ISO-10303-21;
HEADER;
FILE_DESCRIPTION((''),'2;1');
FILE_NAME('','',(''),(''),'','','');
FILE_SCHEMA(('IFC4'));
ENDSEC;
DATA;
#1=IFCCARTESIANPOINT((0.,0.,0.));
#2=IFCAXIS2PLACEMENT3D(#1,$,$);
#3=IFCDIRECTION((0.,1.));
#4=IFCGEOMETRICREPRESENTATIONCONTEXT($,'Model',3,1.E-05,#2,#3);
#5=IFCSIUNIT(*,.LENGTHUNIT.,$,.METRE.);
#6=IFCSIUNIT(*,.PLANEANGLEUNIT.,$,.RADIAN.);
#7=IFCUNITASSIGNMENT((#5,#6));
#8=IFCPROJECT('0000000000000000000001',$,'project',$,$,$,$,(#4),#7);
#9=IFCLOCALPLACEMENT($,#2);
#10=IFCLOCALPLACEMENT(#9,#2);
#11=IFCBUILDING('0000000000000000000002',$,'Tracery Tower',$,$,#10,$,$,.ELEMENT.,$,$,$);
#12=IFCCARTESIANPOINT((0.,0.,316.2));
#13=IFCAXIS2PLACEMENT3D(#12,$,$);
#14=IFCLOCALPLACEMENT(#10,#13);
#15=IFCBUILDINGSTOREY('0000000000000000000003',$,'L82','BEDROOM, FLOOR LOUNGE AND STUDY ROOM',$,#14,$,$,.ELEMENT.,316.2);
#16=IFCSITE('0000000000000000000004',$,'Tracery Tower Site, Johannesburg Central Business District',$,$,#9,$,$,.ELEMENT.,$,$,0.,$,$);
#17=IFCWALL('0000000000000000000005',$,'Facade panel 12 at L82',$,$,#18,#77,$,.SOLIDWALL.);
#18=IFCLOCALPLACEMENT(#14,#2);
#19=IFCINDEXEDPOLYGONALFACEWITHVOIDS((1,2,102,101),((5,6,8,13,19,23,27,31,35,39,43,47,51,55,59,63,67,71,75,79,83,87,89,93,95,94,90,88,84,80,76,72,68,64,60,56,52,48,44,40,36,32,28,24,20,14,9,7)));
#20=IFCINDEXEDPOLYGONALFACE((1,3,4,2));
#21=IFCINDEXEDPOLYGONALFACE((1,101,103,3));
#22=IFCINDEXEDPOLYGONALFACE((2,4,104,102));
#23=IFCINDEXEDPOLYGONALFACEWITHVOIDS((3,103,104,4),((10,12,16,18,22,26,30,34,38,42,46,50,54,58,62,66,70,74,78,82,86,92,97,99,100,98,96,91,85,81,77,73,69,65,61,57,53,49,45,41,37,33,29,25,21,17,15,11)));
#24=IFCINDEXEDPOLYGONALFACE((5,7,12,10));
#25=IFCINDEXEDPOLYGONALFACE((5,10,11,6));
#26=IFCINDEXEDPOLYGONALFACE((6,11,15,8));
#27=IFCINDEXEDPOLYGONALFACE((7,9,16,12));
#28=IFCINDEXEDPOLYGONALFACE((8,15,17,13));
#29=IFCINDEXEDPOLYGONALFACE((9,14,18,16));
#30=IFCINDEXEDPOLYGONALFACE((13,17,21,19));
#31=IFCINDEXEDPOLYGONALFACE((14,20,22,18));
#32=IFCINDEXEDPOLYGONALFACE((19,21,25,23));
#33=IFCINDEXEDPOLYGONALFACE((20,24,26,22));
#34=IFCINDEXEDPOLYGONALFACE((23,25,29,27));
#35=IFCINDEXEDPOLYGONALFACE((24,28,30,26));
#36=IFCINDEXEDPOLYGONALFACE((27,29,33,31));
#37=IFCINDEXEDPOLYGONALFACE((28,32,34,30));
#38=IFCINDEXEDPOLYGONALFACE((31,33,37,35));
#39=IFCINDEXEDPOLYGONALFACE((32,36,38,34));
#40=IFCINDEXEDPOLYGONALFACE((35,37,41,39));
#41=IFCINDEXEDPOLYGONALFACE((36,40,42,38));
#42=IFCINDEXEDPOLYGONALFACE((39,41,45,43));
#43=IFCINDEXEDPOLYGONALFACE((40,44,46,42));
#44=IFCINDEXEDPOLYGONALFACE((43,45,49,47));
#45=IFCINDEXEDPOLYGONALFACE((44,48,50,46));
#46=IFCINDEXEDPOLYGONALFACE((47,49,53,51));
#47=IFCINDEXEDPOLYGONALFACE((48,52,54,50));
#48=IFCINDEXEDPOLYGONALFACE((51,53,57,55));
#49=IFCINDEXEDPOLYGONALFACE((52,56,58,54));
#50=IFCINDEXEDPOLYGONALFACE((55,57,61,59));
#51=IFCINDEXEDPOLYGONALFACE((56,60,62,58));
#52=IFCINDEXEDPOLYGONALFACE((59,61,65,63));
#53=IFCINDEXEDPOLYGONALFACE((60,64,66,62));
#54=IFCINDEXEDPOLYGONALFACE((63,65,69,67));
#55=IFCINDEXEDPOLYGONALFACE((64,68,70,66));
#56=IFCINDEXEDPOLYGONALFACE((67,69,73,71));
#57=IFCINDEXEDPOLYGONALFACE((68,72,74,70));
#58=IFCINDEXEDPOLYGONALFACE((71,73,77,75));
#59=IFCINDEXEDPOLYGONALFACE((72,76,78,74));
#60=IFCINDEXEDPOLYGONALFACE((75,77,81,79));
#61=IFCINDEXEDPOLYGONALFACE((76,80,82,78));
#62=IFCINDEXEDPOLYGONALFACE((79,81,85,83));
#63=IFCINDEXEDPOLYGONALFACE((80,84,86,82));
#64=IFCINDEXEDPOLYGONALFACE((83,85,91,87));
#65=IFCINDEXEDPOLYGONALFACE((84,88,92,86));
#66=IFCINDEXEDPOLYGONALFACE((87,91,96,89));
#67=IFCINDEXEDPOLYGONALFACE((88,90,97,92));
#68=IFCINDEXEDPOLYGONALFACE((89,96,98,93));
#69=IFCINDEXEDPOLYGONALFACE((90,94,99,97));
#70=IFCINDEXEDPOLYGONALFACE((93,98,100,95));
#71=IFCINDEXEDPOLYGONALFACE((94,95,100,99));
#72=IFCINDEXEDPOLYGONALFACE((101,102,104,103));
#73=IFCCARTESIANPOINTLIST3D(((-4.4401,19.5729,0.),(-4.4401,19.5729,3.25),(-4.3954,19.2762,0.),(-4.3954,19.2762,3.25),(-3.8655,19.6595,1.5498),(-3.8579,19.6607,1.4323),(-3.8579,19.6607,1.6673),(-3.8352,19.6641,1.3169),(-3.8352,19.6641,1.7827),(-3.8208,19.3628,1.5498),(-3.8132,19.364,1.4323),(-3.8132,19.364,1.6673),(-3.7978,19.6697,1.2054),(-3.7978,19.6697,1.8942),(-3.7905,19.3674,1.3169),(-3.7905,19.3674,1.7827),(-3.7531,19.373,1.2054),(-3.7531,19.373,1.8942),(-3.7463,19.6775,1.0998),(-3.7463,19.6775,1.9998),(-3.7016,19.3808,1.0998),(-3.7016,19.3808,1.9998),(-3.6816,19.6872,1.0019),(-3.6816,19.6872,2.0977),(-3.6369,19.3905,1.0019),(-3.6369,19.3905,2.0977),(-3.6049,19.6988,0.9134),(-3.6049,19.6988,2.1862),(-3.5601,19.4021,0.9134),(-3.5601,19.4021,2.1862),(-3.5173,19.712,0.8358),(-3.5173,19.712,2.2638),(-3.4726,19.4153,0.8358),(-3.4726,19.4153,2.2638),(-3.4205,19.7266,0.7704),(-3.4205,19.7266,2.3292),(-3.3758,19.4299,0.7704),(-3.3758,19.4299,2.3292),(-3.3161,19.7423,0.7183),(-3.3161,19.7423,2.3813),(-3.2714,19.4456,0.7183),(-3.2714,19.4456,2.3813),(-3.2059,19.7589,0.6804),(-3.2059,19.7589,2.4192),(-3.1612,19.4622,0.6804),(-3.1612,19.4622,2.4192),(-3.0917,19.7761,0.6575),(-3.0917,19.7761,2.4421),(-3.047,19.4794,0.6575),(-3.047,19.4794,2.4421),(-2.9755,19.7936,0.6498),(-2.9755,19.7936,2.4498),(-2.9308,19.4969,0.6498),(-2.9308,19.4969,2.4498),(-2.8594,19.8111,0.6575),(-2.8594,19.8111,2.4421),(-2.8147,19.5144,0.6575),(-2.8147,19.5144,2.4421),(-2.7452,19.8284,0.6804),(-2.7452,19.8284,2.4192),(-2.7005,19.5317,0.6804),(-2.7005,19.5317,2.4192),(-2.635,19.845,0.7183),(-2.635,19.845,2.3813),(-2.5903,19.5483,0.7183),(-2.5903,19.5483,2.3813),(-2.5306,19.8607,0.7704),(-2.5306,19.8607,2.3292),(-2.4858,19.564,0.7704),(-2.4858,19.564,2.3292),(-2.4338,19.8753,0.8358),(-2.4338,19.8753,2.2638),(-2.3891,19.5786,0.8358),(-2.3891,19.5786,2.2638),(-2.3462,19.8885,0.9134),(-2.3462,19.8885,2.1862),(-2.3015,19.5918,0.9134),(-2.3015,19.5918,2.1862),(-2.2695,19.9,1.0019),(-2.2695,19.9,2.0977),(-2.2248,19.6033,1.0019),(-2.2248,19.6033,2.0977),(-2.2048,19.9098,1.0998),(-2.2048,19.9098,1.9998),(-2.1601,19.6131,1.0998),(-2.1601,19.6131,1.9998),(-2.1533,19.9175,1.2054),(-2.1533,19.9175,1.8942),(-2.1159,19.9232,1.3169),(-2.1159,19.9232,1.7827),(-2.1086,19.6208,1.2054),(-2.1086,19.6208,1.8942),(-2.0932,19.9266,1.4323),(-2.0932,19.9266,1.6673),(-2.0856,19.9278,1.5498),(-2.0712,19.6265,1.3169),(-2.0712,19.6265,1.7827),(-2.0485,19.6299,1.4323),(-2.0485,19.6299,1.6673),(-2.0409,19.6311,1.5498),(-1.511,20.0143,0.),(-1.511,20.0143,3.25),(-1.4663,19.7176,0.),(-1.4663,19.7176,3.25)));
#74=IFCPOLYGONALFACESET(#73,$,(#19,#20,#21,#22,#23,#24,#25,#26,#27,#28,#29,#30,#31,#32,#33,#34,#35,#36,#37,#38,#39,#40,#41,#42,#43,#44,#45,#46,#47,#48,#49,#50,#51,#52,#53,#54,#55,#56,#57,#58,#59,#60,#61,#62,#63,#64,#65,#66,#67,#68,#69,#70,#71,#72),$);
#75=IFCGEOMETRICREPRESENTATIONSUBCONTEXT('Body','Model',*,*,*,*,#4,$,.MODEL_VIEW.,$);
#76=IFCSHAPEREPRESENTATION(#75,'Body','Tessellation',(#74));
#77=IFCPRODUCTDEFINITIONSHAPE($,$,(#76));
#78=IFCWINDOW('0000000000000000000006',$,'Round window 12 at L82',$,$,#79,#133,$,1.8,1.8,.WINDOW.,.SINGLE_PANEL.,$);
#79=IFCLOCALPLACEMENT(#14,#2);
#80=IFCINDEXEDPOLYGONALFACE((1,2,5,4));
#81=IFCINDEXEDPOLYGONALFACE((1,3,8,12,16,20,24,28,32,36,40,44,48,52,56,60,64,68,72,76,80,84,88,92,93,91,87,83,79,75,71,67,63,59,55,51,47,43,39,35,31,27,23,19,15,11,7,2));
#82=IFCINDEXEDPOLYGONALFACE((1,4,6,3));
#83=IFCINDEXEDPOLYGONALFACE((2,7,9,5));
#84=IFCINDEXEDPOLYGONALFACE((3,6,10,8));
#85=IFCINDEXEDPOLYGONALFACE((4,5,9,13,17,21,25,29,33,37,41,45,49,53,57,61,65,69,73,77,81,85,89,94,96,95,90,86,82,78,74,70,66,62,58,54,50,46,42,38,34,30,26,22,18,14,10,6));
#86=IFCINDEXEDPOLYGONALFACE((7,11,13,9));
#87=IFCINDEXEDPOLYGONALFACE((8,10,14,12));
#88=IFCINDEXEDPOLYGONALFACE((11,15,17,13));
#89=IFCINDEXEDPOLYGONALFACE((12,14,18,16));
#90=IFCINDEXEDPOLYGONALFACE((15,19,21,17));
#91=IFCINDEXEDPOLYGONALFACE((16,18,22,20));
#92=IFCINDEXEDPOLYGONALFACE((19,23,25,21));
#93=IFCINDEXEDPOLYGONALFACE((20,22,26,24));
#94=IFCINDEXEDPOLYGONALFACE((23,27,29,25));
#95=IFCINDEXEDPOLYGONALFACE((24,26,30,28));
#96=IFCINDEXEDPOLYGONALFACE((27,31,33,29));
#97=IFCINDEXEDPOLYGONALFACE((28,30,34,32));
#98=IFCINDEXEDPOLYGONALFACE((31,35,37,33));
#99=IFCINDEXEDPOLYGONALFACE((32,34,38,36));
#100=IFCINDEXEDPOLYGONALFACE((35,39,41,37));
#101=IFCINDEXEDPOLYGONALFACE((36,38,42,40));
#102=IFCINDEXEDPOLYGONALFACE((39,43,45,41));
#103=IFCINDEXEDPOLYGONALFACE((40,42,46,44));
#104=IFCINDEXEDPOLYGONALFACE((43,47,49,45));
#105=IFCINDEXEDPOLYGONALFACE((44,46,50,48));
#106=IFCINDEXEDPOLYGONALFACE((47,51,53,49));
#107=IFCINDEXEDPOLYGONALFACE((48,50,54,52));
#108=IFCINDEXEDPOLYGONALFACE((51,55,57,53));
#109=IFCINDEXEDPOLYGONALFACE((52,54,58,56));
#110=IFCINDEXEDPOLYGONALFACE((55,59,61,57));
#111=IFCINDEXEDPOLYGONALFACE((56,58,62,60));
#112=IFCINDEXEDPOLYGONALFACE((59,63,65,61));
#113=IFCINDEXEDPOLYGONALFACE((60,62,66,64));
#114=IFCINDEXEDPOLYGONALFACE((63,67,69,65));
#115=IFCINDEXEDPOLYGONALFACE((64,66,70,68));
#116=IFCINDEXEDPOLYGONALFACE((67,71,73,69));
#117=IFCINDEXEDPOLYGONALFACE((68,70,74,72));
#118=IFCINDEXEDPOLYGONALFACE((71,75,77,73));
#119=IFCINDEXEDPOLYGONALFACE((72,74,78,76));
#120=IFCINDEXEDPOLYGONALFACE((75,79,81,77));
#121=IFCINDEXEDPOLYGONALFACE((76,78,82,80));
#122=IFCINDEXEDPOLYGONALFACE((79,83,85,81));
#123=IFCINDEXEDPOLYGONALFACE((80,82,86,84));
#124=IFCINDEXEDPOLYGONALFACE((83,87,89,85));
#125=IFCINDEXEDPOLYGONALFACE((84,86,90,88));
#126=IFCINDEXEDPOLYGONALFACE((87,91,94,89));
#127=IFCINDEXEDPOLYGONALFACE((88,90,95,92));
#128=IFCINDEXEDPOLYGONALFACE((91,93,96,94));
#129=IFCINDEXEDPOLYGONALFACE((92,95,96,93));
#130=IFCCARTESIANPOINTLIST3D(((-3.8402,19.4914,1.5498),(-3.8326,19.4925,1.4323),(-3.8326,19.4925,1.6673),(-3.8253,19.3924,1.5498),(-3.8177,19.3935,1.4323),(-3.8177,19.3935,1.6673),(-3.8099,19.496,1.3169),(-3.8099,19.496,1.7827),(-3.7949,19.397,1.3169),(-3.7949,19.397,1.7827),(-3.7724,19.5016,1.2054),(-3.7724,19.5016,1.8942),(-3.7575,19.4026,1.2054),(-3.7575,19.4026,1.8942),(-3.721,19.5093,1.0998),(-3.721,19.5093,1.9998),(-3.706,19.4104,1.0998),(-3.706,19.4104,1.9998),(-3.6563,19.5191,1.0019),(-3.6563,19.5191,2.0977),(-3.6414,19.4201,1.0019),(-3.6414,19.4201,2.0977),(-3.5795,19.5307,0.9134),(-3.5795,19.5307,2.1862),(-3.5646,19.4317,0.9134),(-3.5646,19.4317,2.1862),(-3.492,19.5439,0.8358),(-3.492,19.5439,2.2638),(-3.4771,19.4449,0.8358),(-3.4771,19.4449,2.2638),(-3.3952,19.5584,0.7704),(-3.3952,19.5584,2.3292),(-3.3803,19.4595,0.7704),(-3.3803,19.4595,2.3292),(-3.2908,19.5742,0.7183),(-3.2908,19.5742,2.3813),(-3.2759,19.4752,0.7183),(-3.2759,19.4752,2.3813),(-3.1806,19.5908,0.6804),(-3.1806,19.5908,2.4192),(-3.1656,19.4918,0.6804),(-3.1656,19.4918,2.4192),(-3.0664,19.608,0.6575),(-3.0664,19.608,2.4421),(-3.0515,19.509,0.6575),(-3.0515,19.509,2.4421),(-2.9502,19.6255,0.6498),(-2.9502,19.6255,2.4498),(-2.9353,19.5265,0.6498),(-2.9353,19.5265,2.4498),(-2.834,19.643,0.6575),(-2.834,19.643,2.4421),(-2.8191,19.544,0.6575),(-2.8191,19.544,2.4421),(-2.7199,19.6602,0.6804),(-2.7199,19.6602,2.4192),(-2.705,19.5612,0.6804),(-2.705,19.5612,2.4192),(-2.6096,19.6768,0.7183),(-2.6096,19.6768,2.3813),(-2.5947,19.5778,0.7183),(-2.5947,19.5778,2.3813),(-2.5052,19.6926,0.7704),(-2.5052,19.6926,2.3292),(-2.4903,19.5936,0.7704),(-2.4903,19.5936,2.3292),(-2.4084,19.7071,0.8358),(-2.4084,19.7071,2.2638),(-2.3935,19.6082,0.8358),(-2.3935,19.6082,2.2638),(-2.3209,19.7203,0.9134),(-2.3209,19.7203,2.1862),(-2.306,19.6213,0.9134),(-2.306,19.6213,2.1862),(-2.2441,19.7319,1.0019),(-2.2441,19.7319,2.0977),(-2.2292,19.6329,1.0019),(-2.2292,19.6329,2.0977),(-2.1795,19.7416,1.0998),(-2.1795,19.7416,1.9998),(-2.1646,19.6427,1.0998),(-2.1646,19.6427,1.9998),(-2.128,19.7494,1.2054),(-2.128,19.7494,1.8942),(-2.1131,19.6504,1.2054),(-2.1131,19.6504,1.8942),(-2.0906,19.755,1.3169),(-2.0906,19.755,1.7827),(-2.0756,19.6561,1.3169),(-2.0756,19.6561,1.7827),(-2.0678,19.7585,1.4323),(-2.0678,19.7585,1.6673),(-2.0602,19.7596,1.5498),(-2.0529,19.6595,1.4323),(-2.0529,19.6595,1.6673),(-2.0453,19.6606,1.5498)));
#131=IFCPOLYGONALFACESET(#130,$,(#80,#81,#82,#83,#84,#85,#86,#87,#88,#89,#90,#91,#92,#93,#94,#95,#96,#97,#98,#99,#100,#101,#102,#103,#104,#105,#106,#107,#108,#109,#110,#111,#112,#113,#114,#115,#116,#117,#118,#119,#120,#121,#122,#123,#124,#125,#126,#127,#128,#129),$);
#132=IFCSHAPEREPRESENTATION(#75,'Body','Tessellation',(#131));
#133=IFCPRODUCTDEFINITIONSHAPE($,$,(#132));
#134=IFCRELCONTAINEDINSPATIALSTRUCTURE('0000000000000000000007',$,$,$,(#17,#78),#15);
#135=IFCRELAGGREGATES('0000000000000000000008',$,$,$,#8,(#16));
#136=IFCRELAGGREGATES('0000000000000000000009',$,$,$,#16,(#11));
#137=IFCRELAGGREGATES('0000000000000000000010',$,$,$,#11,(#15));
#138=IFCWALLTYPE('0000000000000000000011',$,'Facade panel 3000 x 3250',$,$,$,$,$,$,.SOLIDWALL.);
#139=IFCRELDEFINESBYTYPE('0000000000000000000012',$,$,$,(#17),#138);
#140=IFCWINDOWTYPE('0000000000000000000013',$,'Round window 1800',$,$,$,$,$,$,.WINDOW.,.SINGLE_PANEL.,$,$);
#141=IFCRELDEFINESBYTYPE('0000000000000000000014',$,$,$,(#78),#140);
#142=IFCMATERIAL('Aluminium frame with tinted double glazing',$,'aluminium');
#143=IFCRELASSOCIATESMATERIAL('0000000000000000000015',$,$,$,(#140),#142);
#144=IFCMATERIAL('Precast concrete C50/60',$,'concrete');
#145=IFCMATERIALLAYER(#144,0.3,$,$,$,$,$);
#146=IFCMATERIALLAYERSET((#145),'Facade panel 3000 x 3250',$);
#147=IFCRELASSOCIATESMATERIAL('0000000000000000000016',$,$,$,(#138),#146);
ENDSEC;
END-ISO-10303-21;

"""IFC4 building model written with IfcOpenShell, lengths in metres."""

from ifc_helpers import new_model, si_unit, direction, frame, frame_2d, origin, origin_2d, place, context, subcontext, project, spatial, rectangle, circle, extrude, material, layer, layer_set, type_object, element, fill, save


model = new_model("IFC4")

# Units and contexts
model_context = context("Model", 3, precision=1e-05, world=origin(), true_north=direction((0.0, 1.0)))
body_context = subcontext(model_context, "Body", "Model", "MODEL_VIEW")
ifc_project = project(units=[si_unit("LENGTHUNIT", "METRE"), si_unit("PLANEANGLEUNIT", "RADIAN")], contexts=[model_context])

# Site, building, storey
site_placement = place(None, origin())
site = spatial("IfcSite", under=ifc_project, at=site_placement, Name="Tracery Tower Site, Johannesburg Central Business District", CompositionType="ELEMENT", RefElevation=0.0)
building_placement = place(site_placement, origin())
building = spatial("IfcBuilding", under=site, at=building_placement, Name="Tracery Tower", CompositionType="ELEMENT")
storey_placement = place(building_placement, frame((0.0, 0.0, 316.2)))
storey = spatial("IfcBuildingStorey", under=building, at=storey_placement, Name="L82", Description="BEDROOM, FLOOR LOUNGE AND STUDY ROOM", CompositionType="ELEMENT", Elevation=316.2)

# Wall, opening, window
ifc_material_1 = material(Name="Aluminium frame with tinted double glazing", Category="aluminium")
window_type = type_object("IfcWindowType", Name="Round window 1800", PartitioningType="SINGLE_PANEL", PredefinedType="WINDOW", material=ifc_material_1)
ifc_material_2 = material(Name="Precast concrete C50/60", Category="concrete")
ifc_layer_1 = layer(ifc_material_2, 0.3)
ifc_layer_set_1 = layer_set([ifc_layer_1], Name="Facade panel 3000 x 3250")
wall_type_1 = type_object("IfcWallType", Name="Facade panel 3000 x 3250", PredefinedType="SOLIDWALL", material=ifc_layer_set_1)
wall_1_placement = place(storey_placement, frame((-1.4888, 19.866, 0.0), z_axis=(0.0, 0.0, 1.0), x_axis=(-0.988836, -0.149009, 0.0)))
wall_1 = element("IfcWall", 1, at=wall_1_placement, inside=storey, type_object=wall_type_1, Name="Facade panel 12 at L82", PredefinedType="SOLIDWALL", context=body_context, shape_type="SweptSolid", body=[
    extrude(rectangle(XDim=2.9622, YDim=0.3, at=frame_2d((1.481, 0.0))), origin(), (0.0, 0.0, 1.0), 3.25),
])
opening_1_placement = place(wall_1_placement, frame((1.481, 0.0, 1.5498)))
opening_1 = element("IfcOpeningElement", 2, at=opening_1_placement, cuts=wall_1, PredefinedType="OPENING", context=body_context, shape_type="SweptSolid", body=[
    extrude(circle(Radius=0.9, at=origin_2d()), frame((0.0, 0.1599, 0.0), z_axis=(0.0, -1.0, 0.0), x_axis=(1.0, 0.0, 0.0)), (0.0, 0.0, 1.0), 0.3201),
])
window_1_placement = place(opening_1_placement, origin())
window_1 = element("IfcWindow", 3, at=window_1_placement, inside=storey, type_object=window_type, Name="Round window 12 at L82", OverallHeight=1.8, OverallWidth=1.8, PartitioningType="SINGLE_PANEL", PredefinedType="WINDOW", context=body_context, shape_type="SweptSolid", body=[
    extrude(circle(Radius=0.9, at=origin_2d()), frame((0.0, 0.1201, 0.0), z_axis=(0.0, -1.0, 0.0), x_axis=(1.0, 0.0, 0.0)), (0.0, 0.0, 1.0), 0.1001),
])
fill(opening_1, window_1)

save(model, "model.ifc")
